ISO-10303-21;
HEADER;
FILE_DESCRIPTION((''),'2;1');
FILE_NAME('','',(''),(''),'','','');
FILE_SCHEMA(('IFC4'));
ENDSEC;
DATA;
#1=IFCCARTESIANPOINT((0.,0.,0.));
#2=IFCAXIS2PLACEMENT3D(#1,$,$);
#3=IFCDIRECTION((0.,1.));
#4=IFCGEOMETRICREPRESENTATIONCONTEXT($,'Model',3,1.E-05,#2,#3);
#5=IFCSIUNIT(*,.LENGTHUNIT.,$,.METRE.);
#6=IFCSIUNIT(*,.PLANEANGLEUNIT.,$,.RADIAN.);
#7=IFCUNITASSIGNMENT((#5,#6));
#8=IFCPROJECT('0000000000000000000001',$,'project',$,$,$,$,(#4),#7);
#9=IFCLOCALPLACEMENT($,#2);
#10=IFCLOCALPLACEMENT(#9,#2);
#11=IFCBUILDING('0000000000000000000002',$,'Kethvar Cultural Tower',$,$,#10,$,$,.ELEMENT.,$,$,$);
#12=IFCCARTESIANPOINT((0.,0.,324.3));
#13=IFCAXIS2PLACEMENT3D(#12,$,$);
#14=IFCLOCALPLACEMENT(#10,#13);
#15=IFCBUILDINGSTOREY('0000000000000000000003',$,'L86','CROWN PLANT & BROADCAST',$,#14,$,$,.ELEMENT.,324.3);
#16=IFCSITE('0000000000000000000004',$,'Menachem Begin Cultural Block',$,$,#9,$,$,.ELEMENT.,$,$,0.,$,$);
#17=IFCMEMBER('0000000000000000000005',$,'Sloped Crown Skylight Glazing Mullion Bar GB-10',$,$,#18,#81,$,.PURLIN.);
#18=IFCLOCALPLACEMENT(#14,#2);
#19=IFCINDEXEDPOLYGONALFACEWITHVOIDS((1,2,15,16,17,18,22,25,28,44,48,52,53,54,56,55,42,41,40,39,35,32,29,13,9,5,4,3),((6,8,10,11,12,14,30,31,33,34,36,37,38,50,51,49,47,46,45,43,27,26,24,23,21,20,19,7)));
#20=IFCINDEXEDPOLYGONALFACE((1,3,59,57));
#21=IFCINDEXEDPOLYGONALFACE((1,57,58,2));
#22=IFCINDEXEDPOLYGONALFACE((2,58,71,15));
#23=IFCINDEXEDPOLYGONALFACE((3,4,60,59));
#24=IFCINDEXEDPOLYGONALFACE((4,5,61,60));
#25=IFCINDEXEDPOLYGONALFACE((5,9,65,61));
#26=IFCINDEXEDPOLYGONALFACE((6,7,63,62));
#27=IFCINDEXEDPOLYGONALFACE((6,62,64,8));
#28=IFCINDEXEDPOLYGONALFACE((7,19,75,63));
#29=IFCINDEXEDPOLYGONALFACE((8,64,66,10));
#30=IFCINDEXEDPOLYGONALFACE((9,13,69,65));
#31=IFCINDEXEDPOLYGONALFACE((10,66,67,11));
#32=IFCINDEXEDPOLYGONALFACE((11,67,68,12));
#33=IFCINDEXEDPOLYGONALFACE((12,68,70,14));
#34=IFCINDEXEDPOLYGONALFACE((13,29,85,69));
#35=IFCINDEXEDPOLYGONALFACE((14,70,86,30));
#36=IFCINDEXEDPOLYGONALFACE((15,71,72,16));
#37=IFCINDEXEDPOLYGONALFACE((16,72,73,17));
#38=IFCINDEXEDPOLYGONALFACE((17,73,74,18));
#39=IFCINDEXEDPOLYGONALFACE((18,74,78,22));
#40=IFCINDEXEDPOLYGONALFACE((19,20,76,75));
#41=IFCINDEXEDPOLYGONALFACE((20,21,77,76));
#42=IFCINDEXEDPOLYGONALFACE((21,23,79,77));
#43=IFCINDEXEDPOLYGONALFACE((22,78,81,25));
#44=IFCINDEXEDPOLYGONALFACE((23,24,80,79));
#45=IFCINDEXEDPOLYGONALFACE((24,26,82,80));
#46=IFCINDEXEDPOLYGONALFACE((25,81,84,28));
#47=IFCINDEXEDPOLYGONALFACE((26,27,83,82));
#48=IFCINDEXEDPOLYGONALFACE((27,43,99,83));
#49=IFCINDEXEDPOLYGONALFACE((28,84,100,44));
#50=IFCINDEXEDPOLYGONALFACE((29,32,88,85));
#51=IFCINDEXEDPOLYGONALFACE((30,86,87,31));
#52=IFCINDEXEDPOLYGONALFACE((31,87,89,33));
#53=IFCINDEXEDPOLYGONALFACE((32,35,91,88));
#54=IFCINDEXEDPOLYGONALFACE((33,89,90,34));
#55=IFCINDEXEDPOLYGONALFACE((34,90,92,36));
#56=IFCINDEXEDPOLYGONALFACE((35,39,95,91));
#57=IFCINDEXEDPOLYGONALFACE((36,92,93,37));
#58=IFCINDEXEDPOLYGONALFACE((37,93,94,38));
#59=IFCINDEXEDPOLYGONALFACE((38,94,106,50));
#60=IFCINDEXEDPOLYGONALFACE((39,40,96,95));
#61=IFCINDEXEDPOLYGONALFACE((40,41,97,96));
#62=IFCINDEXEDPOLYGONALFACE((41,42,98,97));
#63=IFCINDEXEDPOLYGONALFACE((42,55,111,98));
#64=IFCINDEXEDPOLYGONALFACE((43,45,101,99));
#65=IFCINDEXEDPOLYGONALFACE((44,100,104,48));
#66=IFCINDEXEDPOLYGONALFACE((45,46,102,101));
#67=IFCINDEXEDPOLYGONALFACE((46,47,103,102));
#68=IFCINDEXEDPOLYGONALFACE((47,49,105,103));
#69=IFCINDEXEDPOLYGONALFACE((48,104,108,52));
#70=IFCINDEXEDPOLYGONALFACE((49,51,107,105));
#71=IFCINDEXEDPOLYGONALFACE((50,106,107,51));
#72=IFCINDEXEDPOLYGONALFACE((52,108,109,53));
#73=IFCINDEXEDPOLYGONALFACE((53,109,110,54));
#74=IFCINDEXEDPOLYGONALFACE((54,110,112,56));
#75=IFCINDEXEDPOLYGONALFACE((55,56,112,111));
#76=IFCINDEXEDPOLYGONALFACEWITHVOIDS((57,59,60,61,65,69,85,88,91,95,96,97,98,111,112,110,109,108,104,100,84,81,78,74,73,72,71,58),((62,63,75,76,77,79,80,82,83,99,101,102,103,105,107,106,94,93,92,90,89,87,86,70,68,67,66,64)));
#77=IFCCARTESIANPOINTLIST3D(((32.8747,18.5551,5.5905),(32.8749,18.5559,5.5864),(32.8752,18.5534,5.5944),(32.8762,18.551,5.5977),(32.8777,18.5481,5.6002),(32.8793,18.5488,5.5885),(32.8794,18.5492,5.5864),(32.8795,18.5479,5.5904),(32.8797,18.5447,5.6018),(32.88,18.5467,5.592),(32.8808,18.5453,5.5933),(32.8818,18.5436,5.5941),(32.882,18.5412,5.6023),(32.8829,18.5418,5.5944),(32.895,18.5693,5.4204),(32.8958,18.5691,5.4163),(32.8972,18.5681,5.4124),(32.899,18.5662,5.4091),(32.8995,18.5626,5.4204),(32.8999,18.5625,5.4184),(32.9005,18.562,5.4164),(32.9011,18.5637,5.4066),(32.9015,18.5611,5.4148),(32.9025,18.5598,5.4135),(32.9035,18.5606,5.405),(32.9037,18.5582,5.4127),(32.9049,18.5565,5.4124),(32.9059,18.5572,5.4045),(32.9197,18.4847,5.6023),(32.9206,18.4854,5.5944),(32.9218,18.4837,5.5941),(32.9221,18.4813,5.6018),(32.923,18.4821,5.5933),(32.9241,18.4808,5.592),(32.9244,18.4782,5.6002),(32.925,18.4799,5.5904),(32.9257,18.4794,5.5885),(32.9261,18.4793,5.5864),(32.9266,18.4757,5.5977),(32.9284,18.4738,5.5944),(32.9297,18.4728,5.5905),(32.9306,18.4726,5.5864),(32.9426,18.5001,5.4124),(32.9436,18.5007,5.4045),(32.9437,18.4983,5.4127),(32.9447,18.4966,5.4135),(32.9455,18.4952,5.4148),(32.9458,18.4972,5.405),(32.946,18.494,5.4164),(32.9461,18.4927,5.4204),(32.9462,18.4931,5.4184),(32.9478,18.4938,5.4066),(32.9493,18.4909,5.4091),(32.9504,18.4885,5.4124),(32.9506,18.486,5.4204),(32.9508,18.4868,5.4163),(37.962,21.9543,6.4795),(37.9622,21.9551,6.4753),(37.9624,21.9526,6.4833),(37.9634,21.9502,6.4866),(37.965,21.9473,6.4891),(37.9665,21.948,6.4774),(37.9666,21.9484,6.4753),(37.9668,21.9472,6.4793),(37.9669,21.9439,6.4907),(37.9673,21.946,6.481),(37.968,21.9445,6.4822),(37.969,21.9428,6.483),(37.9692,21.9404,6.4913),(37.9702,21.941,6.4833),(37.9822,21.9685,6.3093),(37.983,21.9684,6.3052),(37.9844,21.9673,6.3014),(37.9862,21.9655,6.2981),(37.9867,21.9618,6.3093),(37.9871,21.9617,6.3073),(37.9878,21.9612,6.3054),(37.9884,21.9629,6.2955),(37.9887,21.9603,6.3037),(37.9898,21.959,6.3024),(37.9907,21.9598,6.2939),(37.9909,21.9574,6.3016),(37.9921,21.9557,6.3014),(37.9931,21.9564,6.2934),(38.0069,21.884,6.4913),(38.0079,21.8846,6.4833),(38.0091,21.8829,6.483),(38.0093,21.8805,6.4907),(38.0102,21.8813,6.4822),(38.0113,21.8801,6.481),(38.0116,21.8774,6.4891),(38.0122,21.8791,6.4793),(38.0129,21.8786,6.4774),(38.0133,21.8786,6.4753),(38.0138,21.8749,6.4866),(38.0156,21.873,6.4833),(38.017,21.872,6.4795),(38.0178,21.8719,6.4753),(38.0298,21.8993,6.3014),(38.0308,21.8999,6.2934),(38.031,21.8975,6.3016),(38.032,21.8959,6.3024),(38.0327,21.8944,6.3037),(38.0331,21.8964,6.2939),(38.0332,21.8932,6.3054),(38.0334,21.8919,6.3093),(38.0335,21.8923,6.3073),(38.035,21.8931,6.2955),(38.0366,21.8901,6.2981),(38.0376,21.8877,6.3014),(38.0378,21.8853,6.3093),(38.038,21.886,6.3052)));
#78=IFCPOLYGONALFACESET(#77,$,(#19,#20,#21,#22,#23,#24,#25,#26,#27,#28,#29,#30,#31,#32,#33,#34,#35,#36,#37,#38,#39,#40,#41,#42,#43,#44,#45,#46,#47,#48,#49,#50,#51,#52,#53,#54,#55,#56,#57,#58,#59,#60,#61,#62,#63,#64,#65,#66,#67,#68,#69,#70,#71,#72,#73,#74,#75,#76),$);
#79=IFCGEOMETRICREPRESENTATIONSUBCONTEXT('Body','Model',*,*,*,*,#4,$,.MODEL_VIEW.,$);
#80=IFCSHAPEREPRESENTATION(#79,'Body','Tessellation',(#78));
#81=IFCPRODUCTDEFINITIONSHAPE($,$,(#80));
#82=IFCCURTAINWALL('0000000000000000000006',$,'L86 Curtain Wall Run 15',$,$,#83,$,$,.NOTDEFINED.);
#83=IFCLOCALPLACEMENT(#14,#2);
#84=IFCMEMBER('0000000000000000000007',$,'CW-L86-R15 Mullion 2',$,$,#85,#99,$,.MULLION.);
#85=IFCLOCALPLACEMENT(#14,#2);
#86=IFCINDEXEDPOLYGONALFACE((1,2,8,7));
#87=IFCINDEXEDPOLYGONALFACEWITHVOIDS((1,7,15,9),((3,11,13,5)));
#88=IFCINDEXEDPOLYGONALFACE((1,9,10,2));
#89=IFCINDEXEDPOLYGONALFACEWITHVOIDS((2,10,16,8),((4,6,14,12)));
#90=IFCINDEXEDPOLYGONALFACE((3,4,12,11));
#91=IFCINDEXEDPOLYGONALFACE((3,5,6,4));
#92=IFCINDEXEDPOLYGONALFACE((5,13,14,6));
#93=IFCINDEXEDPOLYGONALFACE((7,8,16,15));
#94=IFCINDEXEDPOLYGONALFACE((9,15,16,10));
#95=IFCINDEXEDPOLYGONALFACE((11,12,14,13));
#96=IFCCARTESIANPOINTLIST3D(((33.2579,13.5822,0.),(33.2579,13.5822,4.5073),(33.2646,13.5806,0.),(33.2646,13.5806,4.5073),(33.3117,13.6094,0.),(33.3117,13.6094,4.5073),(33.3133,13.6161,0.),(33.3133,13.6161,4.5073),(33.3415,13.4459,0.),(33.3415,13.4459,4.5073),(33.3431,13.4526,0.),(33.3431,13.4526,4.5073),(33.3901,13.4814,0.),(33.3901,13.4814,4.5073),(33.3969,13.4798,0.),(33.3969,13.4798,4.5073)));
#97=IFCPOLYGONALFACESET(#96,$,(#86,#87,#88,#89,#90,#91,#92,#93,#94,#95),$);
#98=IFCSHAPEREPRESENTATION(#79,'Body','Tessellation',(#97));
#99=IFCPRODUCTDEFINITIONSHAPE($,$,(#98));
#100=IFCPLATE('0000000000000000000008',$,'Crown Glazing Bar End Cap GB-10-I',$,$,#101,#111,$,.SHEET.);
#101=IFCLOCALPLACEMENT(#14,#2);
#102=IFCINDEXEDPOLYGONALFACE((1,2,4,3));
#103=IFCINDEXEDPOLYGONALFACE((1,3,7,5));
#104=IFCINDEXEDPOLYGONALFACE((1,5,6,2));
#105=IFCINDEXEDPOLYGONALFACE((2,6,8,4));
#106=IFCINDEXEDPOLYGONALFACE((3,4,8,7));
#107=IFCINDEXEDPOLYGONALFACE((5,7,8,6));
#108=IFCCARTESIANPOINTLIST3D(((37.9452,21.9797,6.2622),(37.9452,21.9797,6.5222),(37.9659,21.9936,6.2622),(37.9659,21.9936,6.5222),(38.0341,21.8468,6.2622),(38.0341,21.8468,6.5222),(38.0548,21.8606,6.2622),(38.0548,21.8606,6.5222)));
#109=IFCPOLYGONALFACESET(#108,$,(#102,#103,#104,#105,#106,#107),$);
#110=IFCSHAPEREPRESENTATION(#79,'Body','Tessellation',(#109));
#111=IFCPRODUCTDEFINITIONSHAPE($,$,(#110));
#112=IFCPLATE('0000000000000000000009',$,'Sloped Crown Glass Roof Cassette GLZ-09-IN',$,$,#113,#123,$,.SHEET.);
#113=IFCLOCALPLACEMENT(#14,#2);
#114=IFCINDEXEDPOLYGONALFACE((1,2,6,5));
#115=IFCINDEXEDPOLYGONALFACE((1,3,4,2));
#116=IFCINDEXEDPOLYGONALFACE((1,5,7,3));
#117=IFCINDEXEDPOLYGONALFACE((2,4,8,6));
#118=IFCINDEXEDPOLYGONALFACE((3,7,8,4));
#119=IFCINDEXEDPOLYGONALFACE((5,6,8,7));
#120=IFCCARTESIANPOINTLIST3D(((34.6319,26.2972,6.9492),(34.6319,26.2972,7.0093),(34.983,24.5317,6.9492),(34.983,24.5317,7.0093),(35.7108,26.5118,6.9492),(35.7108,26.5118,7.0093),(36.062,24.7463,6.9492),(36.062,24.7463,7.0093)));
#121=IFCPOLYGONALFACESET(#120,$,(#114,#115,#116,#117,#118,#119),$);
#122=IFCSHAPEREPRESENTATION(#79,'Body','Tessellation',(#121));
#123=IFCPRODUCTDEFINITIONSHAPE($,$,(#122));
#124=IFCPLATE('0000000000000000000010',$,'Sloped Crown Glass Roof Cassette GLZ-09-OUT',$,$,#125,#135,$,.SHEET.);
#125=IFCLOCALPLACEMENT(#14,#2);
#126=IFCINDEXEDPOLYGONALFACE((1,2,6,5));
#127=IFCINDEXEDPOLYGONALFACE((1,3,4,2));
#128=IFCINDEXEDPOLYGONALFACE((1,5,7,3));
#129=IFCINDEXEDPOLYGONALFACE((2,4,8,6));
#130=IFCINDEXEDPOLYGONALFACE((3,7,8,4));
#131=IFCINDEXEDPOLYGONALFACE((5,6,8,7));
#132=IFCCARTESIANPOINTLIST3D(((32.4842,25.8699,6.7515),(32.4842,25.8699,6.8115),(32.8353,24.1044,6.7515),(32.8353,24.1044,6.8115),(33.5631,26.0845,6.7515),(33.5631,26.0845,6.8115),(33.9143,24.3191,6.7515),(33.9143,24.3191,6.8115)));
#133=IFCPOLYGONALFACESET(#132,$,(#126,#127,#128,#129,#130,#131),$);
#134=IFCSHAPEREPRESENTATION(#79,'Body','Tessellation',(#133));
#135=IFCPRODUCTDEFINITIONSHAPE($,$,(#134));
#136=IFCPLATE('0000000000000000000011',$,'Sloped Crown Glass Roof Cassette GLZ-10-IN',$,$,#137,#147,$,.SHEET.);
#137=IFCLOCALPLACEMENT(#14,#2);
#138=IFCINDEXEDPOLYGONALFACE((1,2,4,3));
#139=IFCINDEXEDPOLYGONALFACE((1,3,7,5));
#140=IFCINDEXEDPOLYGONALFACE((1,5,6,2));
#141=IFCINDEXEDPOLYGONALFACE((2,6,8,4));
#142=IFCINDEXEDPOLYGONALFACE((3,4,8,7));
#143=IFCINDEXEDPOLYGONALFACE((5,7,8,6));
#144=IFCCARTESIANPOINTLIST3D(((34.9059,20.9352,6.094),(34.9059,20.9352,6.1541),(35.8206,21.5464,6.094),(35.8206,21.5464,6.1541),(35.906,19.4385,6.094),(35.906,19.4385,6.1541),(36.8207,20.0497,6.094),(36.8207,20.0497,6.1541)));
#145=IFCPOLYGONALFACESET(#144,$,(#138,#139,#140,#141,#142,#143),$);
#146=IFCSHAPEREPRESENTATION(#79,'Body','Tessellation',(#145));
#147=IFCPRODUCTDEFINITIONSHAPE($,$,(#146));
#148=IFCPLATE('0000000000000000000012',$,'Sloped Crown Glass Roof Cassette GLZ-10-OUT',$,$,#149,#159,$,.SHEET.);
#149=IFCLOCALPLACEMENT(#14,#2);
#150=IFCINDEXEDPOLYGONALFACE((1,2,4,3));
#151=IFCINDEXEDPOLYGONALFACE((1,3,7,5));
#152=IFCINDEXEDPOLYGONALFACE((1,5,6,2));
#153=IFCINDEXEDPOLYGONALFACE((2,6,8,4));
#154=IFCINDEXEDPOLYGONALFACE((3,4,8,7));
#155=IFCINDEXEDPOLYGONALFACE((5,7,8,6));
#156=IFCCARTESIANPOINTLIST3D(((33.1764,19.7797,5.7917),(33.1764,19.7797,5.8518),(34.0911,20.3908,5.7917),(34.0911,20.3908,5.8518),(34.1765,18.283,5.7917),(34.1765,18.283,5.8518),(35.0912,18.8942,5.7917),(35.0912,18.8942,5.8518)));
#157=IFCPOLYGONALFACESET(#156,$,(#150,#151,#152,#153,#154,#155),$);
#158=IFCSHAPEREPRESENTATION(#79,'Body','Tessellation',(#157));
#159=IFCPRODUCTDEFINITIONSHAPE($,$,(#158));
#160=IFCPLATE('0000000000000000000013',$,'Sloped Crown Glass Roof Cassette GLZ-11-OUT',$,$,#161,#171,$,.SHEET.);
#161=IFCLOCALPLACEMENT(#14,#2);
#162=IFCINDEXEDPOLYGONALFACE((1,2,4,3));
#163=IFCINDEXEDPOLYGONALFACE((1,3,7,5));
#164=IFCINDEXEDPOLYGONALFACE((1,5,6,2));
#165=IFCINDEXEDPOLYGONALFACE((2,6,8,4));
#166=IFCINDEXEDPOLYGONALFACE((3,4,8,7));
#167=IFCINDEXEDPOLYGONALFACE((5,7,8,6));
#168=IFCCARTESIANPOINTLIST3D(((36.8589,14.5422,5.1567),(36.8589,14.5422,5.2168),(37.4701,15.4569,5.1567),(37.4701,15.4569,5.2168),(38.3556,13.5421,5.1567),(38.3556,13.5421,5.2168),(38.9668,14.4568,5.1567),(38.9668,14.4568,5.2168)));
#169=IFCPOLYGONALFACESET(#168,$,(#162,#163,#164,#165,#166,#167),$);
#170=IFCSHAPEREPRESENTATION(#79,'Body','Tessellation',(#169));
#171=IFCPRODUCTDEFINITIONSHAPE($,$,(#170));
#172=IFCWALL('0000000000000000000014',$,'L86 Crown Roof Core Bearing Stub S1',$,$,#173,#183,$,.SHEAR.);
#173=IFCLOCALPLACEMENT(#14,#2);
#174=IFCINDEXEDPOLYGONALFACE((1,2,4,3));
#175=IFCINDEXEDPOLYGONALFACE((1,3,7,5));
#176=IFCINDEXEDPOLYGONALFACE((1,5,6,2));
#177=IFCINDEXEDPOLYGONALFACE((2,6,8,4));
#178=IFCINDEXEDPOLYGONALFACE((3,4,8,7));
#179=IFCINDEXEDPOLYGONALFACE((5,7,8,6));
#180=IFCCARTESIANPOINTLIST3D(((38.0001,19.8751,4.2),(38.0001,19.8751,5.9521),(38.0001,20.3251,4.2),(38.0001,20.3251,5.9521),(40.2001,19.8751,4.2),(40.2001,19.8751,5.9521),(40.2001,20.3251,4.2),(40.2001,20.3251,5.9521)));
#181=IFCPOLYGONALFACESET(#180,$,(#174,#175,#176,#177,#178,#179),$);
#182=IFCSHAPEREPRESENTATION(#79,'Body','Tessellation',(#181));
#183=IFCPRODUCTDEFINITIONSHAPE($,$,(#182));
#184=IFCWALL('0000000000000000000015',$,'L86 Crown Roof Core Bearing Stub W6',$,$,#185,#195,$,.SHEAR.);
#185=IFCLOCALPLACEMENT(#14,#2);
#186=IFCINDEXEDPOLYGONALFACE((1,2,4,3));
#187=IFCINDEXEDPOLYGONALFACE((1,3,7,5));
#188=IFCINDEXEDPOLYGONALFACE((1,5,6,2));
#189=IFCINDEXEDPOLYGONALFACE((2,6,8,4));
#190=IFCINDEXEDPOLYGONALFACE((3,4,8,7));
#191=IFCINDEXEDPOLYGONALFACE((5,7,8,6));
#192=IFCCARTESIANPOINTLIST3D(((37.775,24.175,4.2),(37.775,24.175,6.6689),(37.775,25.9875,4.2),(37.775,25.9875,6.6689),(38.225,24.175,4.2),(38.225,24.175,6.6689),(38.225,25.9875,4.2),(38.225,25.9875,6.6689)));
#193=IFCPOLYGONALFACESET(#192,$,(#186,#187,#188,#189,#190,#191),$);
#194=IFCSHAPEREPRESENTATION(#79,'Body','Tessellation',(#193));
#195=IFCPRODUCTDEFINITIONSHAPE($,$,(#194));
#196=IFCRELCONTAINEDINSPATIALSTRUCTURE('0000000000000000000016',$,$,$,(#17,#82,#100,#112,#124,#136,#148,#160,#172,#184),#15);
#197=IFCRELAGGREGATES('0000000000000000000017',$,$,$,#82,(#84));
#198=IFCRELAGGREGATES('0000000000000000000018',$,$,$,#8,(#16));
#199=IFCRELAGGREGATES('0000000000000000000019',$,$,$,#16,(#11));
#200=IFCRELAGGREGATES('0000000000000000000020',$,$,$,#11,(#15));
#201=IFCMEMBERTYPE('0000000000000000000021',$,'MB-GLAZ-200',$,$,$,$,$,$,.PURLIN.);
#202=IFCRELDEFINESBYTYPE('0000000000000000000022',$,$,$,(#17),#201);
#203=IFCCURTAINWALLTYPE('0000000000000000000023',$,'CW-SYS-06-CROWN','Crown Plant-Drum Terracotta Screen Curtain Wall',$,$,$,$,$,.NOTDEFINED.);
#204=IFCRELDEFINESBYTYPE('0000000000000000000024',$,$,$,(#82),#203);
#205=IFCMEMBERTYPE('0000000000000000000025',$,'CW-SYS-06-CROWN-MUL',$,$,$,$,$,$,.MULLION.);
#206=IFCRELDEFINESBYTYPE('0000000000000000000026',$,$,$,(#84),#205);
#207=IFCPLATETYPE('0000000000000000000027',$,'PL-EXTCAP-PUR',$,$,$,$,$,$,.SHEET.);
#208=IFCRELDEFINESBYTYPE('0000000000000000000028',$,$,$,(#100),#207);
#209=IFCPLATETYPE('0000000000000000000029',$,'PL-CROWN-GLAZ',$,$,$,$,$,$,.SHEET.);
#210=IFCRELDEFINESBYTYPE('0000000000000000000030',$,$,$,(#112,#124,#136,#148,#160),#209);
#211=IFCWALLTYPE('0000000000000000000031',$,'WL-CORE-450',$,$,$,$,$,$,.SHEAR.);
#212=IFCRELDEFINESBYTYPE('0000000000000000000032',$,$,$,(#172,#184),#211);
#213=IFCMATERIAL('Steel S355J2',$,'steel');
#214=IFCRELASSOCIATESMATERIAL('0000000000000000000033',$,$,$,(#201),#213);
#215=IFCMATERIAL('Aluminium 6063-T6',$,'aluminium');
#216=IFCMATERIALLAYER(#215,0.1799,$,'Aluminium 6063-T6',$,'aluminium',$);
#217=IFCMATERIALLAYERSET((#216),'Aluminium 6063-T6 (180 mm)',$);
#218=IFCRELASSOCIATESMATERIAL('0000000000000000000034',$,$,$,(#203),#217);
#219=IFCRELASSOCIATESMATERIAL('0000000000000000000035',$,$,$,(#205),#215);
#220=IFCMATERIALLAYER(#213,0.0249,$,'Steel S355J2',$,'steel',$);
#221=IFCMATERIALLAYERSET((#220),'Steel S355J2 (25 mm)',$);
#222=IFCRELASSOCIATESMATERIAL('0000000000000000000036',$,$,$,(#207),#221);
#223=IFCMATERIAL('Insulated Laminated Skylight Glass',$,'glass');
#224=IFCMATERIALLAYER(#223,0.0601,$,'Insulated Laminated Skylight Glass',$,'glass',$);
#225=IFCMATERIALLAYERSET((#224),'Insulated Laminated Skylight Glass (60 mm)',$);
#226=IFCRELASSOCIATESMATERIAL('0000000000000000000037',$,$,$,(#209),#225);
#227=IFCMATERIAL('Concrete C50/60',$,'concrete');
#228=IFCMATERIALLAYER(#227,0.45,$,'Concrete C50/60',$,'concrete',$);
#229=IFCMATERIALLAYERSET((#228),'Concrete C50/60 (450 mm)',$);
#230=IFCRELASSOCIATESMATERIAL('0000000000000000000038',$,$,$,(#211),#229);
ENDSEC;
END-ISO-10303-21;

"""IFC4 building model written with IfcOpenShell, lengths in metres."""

from ifc_helpers import new_model, si_unit, direction, frame, frame_2d, origin, origin_2d, place, context, subcontext, project, spatial, rectangle, hollow_rectangle, extrude, source, transform, mapped, material, layer, layer_set, material_profile, profile_set, type_object, element, aggregate, save


model = new_model("IFC4")

# Units and contexts
model_context = context("Model", 3, precision=1e-05, world=origin(), true_north=direction((0.0, 1.0)))
body_context = subcontext(model_context, "Body", "Model", "MODEL_VIEW")
ifc_project = project(units=[si_unit("LENGTHUNIT", "METRE"), si_unit("PLANEANGLEUNIT", "RADIAN")], contexts=[model_context])

# Site, building, storey
site_placement = place(None, origin())
site = spatial("IfcSite", under=ifc_project, at=site_placement, Name="Menachem Begin Cultural Block", CompositionType="ELEMENT", RefElevation=0.0)
building_placement = place(site_placement, origin())
building = spatial("IfcBuilding", under=site, at=building_placement, Name="Kethvar Cultural Tower", CompositionType="ELEMENT")
storey_placement = place(building_placement, frame((0.0, 0.0, 324.3)))
storey = spatial("IfcBuildingStorey", under=building, at=storey_placement, Name="L86", Description="CROWN PLANT & BROADCAST", CompositionType="ELEMENT", Elevation=324.3)

# Shared definitions
ifc_material_1 = material(Name="Steel S355J2", Category="steel")

# Member
ifc_material_profile_1 = material_profile(ifc_material_1, hollow_rectangle(XDim=0.1001, YDim=0.2, WallThickness=0.0081, InnerFilletRadius=0.0081, OuterFilletRadius=0.0161, at=origin_2d()), Name="Steel S355J2 — RHS200x100x8")
ifc_profile_set_1 = profile_set([ifc_material_profile_1], Name="Steel S355J2 — RHS200x100x8")
member_type_1 = type_object("IfcMemberType", Name="MB-GLAZ-200", PredefinedType="PURLIN", material=ifc_profile_set_1)
shared_shape_1 = source(origin(), body_context, "Body", "SweptSolid", [
    extrude(hollow_rectangle(XDim=0.1001, YDim=0.2, WallThickness=0.0081, InnerFilletRadius=0.0081, OuterFilletRadius=0.0161, at=origin_2d()), origin(), (0.0, 0.0, 1.0), 6.1826),
])
member_1_placement = place(storey_placement, frame((38.0, 21.9202, 6.3923), z_axis=(-0.822828, -0.549802, -0.143779), x_axis=(0.555575, -0.831467, 0.0)))
element("IfcMember", 1, at=member_1_placement, inside=storey, type_object=member_type_1, Name="Sloped Crown Skylight Glazing Mullion Bar GB-10", PredefinedType="PURLIN", context=body_context, shape_type="MappedRepresentation", body=[
    mapped(shared_shape_1, transform((0.0, 0.0, 0.0), scale=1.0)),
])

# Curtain wall, member
ifc_material_2 = material(Name="Aluminium 6063-T6", Category="aluminium")
ifc_layer_1 = layer(ifc_material_2, 0.1799, Name="Aluminium 6063-T6", Category="aluminium")
ifc_layer_set_1 = layer_set([ifc_layer_1], Name="Aluminium 6063-T6 (180 mm)")
curtain_wall_type = type_object("IfcCurtainWallType", Name="CW-SYS-06-CROWN", Description="Crown Plant-Drum Terracotta Screen Curtain Wall", PredefinedType="NOTDEFINED", material=ifc_layer_set_1)
curtain_wall_placement = place(storey_placement, origin())
curtain_wall = element("IfcCurtainWall", 2, at=curtain_wall_placement, inside=storey, type_object=curtain_wall_type, Name="L86 Curtain Wall Run 15", PredefinedType="NOTDEFINED")
ifc_material_profile_2 = material_profile(ifc_material_2, hollow_rectangle(XDim=0.0649, YDim=0.1599, WallThickness=0.0049, at=origin_2d()), Name="Aluminium 6063-T6 — RHS160x65x5")
ifc_profile_set_2 = profile_set([ifc_material_profile_2], Name="Aluminium 6063-T6 — RHS160x65x5")
member_type_2 = type_object("IfcMemberType", Name="CW-SYS-06-CROWN-MUL", PredefinedType="MULLION", material=ifc_profile_set_2)
shared_shape_2 = source(origin(), body_context, "Body", "SweptSolid", [
    extrude(hollow_rectangle(XDim=0.0649, YDim=0.1599, WallThickness=0.0049, at=origin_2d()), origin(), (0.0, 0.0, 1.0), 4.5073),
])
member_2_placement = place(storey_placement, frame((33.3274, 13.531, 0.0), z_axis=(0.0, 0.0, 1.0), x_axis=(0.852668, 0.522454, 0.0)))
member_2 = element("IfcMember", 3, at=member_2_placement, type_object=member_type_2, Name="CW-L86-R15 Mullion 2", PredefinedType="MULLION", context=body_context, shape_type="MappedRepresentation", body=[
    mapped(shared_shape_2, transform((0.0, 0.0, 0.0), scale=1.0)),
])
aggregate(curtain_wall, [member_2])

# Plates
ifc_layer_2 = layer(ifc_material_1, 0.0249, Name="Steel S355J2", Category="steel")
ifc_layer_set_2 = layer_set([ifc_layer_2], Name="Steel S355J2 (25 mm)")
plate_type_1 = type_object("IfcPlateType", Name="PL-EXTCAP-PUR", PredefinedType="SHEET", material=ifc_layer_set_2)
shared_shape_3 = source(origin(), body_context, "Body", "SweptSolid", [
    extrude(rectangle(XDim=0.0249, YDim=0.1599, at=origin_2d()), origin(), (0.0, 0.0, 1.0), 0.26),
])
plate_placement = place(storey_placement, frame((38.0, 21.9202, 6.2622), z_axis=(0.0, 0.0, 1.0), x_axis=(-0.83147, -0.55557, 0.0)))
element("IfcPlate", 4, at=plate_placement, inside=storey, type_object=plate_type_1, Name="Crown Glazing Bar End Cap GB-10-I", PredefinedType="SHEET", context=body_context, shape_type="MappedRepresentation", body=[
    mapped(shared_shape_3, transform((0.0, 0.0, 0.0), scale=1.0)),
])
ifc_material_3 = material(Name="Insulated Laminated Skylight Glass", Category="glass")
ifc_layer_3 = layer(ifc_material_3, 0.0601, Name="Insulated Laminated Skylight Glass", Category="glass")
ifc_layer_set_3 = layer_set([ifc_layer_3], Name="Insulated Laminated Skylight Glass (60 mm)")
plate_type_2 = type_object("IfcPlateType", Name="PL-CROWN-GLAZ", PredefinedType="SHEET", material=ifc_layer_set_3)
shared_shape_4 = source(origin(), body_context, "Body", "SweptSolid", [
    extrude(rectangle(XDim=1.1001, YDim=1.8, at=origin_2d()), origin(), (0.0, 0.0, 1.0), 0.0601),
])
for number, where, z_axis, x_axis, name in (
    (5, (35.3469, 25.5217, 6.9492), (0.0, 0.0, 1.0), (-0.980785, -0.19509, 0.0), "Sloped Crown Glass Roof Cassette GLZ-09-IN"),
    (6, (33.1992, 25.0945, 6.7515), (0.0, 0.0, 1.0), (-0.980785, -0.19509, 0.0), "Sloped Crown Glass Roof Cassette GLZ-09-OUT"),
    (7, (35.8633, 20.4924, 6.094), (0.0, 0.0, 1.0), (-0.83147, -0.55557, 0.0), "Sloped Crown Glass Roof Cassette GLZ-10-IN"),
    (8, (34.1338, 19.3369, 5.7917), (0.0, 0.0, 1.0), (-0.83147, -0.55557, 0.0), "Sloped Crown Glass Roof Cassette GLZ-10-OUT"),
    (9, (37.9128, 14.4995, 5.1567), (0.0, 0.0, 1.0), (-0.55557, -0.83147, 0.0), "Sloped Crown Glass Roof Cassette GLZ-11-OUT"),
):
    element("IfcPlate", number, at=place(storey_placement, frame(where, z_axis=z_axis, x_axis=x_axis)), inside=storey, type_object=plate_type_2, Name=name, PredefinedType="SHEET", context=body_context, shape_type="MappedRepresentation", body=[
        mapped(shared_shape_4, transform((0.0, 0.0, 0.0), scale=1.0)),
    ])

# Shared definitions
ifc_material_4 = material(Name="Concrete C50/60", Category="concrete")
ifc_layer_4 = layer(ifc_material_4, 0.45, Name="Concrete C50/60", Category="concrete")
ifc_layer_set_4 = layer_set([ifc_layer_4], Name="Concrete C50/60 (450 mm)")
wall_type_1 = type_object("IfcWallType", Name="WL-CORE-450", PredefinedType="SHEAR", material=ifc_layer_set_4)

# Walls
wall_1_placement = place(storey_placement, frame((38.0, 20.1001, 4.2), z_axis=(0.0, 0.0, 1.0), x_axis=(1.0, 0.0, 0.0)))
element("IfcWall", 10, at=wall_1_placement, inside=storey, type_object=wall_type_1, Name="L86 Crown Roof Core Bearing Stub S1", PredefinedType="SHEAR", context=body_context, shape_type="SweptSolid", body=[
    extrude(rectangle(XDim=2.2, YDim=0.45, at=frame_2d((1.1001, 0.0))), origin(), (0.0, 0.0, 1.0), 1.7522),
])
wall_2_placement = place(storey_placement, frame((38.0, 25.9875, 4.2), z_axis=(0.0, 0.0, 1.0), x_axis=(0.0, -1.0, 0.0)))
element("IfcWall", 11, at=wall_2_placement, inside=storey, type_object=wall_type_1, Name="L86 Crown Roof Core Bearing Stub W6", PredefinedType="SHEAR", context=body_context, shape_type="SweptSolid", body=[
    extrude(rectangle(XDim=1.8125, YDim=0.45, at=frame_2d((0.9062, 0.0))), origin(), (0.0, 0.0, 1.0), 2.469),
])

save(model, "model.ifc")
